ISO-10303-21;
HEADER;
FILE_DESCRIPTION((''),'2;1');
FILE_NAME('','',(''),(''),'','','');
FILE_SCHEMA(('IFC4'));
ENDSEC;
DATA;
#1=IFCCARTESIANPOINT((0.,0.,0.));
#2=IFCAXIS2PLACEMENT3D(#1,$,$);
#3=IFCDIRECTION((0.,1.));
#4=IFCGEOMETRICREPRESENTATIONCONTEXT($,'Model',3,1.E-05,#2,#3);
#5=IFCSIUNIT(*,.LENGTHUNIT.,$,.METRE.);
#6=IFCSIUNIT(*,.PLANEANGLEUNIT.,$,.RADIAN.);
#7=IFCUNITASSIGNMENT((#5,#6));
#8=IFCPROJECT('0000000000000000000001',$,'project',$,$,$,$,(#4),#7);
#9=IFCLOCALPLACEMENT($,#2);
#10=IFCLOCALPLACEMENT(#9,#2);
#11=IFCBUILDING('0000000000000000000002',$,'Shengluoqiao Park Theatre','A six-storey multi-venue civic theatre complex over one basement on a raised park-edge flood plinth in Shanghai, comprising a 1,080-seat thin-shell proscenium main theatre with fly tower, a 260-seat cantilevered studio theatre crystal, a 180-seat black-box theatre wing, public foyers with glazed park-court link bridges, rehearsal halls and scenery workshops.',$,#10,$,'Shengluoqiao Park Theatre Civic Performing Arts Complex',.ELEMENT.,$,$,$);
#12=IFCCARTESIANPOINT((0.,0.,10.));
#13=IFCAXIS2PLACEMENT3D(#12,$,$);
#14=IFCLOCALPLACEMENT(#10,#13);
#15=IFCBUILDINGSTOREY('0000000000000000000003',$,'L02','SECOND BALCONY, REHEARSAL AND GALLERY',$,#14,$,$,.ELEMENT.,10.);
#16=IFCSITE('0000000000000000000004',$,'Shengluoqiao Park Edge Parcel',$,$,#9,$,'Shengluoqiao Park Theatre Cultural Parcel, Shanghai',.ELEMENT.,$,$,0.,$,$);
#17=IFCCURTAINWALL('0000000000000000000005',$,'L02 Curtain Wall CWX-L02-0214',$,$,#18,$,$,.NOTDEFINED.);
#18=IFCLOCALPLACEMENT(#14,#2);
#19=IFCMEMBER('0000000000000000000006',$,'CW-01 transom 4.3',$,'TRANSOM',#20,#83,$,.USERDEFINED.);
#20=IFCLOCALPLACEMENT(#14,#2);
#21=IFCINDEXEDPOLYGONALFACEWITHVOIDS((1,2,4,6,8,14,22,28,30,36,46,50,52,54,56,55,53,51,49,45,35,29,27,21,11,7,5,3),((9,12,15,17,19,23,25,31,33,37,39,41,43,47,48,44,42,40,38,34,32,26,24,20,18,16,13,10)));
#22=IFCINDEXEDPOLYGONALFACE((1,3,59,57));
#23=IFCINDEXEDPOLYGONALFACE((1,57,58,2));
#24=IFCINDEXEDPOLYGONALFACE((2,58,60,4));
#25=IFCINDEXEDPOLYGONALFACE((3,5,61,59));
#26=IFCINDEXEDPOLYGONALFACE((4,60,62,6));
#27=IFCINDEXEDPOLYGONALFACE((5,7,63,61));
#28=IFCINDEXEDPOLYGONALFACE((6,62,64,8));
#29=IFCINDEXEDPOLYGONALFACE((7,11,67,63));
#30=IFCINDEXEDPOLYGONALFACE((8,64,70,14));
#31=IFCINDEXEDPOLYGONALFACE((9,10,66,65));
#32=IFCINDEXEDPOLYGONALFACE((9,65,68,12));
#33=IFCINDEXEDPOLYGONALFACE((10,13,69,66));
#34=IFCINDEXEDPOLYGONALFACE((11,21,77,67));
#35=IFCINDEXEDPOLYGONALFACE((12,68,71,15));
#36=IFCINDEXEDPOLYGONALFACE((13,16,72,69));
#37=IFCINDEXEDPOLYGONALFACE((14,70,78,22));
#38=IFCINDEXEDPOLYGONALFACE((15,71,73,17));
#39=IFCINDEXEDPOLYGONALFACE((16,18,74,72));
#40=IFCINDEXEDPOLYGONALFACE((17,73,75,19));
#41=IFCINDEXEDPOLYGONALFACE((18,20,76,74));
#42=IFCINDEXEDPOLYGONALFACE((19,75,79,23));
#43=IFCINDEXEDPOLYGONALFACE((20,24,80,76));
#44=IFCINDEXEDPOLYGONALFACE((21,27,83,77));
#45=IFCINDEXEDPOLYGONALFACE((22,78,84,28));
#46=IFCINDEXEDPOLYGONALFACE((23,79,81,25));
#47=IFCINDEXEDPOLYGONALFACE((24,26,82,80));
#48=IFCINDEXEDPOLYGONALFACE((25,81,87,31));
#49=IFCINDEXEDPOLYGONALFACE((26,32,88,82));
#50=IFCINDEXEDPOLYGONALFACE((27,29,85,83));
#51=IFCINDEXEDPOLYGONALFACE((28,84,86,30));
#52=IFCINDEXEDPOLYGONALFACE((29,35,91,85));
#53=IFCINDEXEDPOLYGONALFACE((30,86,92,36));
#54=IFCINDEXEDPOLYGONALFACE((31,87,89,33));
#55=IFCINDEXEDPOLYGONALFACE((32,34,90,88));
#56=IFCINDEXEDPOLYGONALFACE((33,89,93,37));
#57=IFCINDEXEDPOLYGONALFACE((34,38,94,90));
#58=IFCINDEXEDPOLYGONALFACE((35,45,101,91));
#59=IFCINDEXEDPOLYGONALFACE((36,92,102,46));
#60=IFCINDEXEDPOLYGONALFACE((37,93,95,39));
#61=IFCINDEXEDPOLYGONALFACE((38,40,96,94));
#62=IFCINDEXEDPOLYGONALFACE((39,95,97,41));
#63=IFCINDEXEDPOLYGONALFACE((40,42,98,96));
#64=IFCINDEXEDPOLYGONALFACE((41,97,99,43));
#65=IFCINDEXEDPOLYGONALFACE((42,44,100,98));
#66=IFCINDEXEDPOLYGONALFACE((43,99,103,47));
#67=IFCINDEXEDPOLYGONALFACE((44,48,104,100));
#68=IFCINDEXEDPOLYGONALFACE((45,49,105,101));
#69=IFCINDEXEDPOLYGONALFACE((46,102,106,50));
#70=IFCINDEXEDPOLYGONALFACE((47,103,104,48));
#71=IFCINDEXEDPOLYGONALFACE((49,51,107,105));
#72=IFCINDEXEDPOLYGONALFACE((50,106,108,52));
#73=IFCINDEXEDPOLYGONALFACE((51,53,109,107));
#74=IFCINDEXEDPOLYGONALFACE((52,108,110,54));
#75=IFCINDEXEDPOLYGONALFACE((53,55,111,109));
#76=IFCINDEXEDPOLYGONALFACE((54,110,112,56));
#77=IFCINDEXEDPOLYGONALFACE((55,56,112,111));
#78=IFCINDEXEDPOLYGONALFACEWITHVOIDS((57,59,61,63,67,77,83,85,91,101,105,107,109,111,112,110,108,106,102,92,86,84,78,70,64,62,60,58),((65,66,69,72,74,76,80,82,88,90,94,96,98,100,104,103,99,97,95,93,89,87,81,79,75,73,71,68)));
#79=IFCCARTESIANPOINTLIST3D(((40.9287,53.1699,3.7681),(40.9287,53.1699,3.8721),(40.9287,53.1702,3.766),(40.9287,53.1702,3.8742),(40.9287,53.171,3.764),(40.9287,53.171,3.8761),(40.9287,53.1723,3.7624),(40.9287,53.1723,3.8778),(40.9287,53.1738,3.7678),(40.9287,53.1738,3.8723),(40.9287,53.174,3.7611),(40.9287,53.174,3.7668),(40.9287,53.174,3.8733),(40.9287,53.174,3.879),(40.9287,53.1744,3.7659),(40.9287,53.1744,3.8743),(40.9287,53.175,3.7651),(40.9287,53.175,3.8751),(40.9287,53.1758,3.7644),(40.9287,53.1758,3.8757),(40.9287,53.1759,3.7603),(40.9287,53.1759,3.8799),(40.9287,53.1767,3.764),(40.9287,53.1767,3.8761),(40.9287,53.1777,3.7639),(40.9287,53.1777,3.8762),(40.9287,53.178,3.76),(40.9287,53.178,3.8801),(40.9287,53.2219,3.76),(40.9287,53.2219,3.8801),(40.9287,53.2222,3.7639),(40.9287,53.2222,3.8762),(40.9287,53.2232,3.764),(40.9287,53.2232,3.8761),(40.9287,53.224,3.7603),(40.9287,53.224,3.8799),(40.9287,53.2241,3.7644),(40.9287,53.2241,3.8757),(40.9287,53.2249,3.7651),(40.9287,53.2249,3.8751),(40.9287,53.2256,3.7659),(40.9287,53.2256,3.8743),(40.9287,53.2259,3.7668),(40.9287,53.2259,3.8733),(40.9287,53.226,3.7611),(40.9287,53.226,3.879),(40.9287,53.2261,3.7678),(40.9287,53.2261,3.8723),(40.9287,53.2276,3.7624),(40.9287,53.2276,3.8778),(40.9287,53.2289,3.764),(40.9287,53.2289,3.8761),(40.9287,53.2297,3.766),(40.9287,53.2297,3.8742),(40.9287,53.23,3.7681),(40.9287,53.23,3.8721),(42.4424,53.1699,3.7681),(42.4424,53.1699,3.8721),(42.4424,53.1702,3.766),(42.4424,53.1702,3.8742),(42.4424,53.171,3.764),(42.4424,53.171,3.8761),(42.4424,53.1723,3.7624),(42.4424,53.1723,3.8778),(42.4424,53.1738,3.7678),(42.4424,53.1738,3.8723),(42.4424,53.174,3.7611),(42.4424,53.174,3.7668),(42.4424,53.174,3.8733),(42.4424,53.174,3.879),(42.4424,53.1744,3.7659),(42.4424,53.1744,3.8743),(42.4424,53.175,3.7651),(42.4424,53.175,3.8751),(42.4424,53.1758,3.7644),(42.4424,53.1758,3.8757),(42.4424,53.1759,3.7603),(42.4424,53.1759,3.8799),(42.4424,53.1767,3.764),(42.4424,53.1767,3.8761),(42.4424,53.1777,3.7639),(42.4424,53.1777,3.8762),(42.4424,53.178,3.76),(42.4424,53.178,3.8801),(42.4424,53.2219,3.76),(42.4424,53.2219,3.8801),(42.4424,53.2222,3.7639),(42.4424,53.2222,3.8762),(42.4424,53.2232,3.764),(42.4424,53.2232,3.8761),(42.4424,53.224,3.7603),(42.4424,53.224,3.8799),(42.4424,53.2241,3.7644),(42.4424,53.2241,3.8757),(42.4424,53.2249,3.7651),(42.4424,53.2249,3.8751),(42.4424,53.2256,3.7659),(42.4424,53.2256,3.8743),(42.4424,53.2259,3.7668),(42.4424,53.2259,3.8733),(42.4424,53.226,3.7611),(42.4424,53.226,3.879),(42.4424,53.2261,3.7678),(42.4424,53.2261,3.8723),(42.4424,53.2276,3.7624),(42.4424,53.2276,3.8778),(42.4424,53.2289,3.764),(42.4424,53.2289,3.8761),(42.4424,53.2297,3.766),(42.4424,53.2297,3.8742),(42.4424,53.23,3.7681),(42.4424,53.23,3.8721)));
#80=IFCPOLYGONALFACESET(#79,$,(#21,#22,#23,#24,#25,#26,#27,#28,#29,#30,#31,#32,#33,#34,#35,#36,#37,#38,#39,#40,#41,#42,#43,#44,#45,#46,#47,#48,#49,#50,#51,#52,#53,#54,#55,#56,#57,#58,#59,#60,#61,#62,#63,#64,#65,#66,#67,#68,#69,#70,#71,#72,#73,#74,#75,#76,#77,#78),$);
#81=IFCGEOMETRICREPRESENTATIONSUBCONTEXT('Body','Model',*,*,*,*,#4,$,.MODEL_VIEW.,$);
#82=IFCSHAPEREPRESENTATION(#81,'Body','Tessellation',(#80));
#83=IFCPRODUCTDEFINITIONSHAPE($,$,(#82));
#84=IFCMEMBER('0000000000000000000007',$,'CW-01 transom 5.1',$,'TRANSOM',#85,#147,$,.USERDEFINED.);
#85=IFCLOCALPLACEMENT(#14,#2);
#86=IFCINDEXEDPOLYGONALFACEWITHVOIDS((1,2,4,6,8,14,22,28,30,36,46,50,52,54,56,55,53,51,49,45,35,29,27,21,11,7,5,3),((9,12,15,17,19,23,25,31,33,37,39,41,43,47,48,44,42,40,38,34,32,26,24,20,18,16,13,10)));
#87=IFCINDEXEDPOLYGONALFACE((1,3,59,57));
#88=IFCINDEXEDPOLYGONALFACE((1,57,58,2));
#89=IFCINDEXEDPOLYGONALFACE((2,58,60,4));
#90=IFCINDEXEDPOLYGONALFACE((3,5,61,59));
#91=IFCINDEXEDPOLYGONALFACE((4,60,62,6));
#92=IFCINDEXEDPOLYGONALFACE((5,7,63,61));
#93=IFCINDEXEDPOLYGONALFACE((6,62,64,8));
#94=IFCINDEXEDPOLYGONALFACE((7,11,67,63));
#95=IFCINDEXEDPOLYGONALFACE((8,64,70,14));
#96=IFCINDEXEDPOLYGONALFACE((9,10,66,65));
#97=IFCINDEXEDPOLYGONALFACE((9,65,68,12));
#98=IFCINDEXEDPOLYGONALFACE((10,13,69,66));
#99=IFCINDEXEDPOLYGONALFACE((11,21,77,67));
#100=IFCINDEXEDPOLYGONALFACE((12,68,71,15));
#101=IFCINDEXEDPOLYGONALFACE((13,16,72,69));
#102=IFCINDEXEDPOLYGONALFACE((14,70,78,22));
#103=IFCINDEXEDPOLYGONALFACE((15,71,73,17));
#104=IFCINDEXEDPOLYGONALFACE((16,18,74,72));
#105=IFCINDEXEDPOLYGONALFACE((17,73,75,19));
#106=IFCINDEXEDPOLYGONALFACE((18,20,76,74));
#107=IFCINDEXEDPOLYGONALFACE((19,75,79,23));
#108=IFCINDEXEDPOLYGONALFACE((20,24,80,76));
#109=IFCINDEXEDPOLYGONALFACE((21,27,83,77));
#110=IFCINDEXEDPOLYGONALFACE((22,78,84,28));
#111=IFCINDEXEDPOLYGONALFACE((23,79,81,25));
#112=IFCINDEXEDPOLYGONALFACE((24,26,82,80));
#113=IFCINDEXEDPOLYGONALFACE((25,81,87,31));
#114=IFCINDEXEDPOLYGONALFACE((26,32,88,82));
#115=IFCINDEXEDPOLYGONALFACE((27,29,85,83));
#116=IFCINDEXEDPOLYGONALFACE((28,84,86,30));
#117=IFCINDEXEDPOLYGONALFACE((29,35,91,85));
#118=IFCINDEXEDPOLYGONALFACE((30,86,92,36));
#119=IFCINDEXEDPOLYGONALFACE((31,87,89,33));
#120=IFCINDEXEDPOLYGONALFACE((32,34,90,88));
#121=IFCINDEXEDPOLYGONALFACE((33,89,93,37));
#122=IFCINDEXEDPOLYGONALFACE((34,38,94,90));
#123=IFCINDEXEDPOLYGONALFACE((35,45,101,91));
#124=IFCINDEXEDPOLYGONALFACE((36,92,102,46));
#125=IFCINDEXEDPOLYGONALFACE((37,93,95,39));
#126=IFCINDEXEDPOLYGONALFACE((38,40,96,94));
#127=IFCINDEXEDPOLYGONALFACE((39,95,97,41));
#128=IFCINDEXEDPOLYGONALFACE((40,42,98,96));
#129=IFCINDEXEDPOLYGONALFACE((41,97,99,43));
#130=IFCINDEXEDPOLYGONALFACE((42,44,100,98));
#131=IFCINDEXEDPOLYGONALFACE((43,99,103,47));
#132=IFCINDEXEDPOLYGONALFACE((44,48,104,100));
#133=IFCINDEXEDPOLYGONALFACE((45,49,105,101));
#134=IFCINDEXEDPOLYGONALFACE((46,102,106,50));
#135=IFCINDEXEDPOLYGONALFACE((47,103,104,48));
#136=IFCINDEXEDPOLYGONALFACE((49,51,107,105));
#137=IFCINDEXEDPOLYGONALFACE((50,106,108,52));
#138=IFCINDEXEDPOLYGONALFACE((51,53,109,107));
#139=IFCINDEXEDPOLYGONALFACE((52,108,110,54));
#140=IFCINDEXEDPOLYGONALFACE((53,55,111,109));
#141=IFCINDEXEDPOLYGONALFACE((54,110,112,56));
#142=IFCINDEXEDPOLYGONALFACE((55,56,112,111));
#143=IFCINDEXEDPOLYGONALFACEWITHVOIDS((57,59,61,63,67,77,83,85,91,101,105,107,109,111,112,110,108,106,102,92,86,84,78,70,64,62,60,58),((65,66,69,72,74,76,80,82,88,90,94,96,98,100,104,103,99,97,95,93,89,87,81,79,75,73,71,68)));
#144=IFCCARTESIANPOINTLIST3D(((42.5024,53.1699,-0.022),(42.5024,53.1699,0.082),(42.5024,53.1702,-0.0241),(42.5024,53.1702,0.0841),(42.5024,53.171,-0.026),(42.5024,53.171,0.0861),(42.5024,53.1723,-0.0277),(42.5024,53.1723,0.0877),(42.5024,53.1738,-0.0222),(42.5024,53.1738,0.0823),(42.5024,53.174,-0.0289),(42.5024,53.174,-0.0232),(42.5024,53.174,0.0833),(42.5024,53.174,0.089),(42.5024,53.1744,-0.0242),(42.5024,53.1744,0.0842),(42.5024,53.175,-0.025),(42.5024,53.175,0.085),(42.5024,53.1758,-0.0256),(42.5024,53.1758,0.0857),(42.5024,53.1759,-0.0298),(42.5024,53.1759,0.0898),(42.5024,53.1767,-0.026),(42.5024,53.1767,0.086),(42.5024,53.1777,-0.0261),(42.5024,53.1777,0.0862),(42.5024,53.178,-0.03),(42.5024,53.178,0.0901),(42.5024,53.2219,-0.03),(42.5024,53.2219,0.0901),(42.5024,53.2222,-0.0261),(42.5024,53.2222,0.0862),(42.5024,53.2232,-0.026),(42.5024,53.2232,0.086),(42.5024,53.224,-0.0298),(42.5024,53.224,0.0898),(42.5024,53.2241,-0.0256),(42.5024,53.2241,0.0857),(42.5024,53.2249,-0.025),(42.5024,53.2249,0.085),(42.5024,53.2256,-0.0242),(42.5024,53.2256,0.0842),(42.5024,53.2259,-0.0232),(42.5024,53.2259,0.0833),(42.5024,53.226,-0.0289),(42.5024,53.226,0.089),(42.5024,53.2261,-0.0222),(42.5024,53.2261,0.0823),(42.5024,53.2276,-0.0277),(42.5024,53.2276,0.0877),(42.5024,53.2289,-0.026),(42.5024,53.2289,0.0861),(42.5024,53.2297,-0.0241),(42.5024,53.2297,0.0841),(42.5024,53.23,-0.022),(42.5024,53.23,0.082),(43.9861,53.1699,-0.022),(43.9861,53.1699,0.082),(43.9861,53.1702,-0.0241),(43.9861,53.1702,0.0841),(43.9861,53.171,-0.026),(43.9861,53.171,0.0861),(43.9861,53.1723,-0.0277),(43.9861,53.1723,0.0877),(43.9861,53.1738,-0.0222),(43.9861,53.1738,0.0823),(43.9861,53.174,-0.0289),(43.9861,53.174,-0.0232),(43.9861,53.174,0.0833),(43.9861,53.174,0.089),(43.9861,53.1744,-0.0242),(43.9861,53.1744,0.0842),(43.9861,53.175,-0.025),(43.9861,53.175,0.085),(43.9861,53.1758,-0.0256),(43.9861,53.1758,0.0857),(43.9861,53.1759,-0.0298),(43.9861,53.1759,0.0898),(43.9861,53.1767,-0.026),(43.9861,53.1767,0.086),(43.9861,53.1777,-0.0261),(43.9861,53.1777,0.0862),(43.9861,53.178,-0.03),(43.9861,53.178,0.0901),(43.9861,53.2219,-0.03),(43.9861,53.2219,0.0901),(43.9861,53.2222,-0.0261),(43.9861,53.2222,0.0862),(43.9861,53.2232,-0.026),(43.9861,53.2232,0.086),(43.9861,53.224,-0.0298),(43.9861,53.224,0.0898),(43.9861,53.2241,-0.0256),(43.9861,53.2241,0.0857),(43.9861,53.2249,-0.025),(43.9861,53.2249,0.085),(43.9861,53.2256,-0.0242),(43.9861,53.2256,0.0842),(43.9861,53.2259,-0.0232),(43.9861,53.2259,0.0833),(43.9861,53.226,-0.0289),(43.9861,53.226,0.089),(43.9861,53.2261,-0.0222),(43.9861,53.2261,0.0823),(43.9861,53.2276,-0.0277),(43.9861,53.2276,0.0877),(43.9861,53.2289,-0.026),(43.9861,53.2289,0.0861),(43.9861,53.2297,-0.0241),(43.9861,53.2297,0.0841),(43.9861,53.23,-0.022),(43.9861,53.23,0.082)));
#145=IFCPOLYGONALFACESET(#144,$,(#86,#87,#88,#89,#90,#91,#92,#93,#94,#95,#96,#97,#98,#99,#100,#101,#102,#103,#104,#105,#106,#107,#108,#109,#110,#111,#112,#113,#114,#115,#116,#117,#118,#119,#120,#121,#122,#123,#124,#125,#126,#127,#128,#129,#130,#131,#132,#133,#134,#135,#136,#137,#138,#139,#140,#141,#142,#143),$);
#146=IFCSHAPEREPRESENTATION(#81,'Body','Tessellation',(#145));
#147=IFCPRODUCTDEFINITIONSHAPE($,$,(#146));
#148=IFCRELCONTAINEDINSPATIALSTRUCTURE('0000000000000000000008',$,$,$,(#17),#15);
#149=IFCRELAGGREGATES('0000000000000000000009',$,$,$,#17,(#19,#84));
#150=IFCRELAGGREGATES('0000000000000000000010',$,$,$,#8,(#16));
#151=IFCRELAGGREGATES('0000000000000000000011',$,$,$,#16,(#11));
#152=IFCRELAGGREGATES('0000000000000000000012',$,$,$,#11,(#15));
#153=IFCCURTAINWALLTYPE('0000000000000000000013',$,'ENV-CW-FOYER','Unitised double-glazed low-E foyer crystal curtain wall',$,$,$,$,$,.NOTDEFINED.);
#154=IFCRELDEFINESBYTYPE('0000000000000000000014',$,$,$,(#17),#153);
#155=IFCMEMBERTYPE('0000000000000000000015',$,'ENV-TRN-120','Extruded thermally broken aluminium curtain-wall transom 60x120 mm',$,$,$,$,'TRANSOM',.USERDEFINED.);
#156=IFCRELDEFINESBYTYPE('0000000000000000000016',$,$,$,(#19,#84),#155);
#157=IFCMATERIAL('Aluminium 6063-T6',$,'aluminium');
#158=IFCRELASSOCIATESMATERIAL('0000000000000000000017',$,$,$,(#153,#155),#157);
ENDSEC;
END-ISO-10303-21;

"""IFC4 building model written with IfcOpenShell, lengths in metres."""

from ifc_helpers import new_model, si_unit, direction, frame, origin, origin_2d, place, context, subcontext, project, spatial, hollow_rectangle, extrude, material, material_profile, profile_set, type_object, element, aggregate, save


model = new_model("IFC4")

# Units and contexts
model_context = context("Model", 3, precision=1e-05, world=origin(), true_north=direction((0.0, 1.0)))
body_context = subcontext(model_context, "Body", "Model", "MODEL_VIEW")
ifc_project = project(units=[si_unit("LENGTHUNIT", "METRE"), si_unit("PLANEANGLEUNIT", "RADIAN")], contexts=[model_context])

# Site, building, storey
site_placement = place(None, origin())
site = spatial("IfcSite", under=ifc_project, at=site_placement, Name="Shengluoqiao Park Edge Parcel", LongName="Shengluoqiao Park Theatre Cultural Parcel, Shanghai", CompositionType="ELEMENT", RefElevation=0.0)
building_placement = place(site_placement, origin())
building = spatial("IfcBuilding", under=site, at=building_placement, Name="Shengluoqiao Park Theatre", Description="A six-storey multi-venue civic theatre complex over one basement on a raised park-edge flood plinth in Shanghai, comprising a 1,080-seat thin-shell proscenium main theatre with fly tower, a 260-seat cantilevered studio theatre crystal, a 180-seat black-box theatre wing, public foyers with glazed park-court link bridges, rehearsal halls and scenery workshops.", LongName="Shengluoqiao Park Theatre Civic Performing Arts Complex", CompositionType="ELEMENT")
storey_placement = place(building_placement, frame((0.0, 0.0, 10.0)))
storey = spatial("IfcBuildingStorey", under=building, at=storey_placement, Name="L02", Description="SECOND BALCONY, REHEARSAL AND GALLERY", CompositionType="ELEMENT", Elevation=10.0)

# Curtain wall
ifc_material_1 = material(Name="Aluminium 6063-T6", Category="aluminium")
curtain_wall_type_1 = type_object("IfcCurtainWallType", Name="ENV-CW-FOYER", Description="Unitised double-glazed low-E foyer crystal curtain wall", PredefinedType="NOTDEFINED", material=ifc_material_1)
curtain_wall_1_placement = place(storey_placement, origin())
curtain_wall_1 = element("IfcCurtainWall", 1, at=curtain_wall_1_placement, inside=storey, type_object=curtain_wall_type_1, Name="L02 Curtain Wall CWX-L02-0214", PredefinedType="NOTDEFINED")

# Members
ifc_material_profile_1 = material_profile(ifc_material_1, hollow_rectangle(XDim=0.0601, YDim=0.1201, WallThickness=0.0039, InnerFilletRadius=0.0039, OuterFilletRadius=0.0081, at=origin_2d()), Name="ALU TRANSOM 120x60x4")
ifc_profile_set_1 = profile_set([ifc_material_profile_1], Name="Aluminium 6063-T6")
member_type_1 = type_object("IfcMemberType", Name="ENV-TRN-120", Description="Extruded thermally broken aluminium curtain-wall transom 60x120 mm", ElementType="TRANSOM", PredefinedType="USERDEFINED", material=ifc_profile_set_1)
member_1_placement = place(storey_placement, frame((40.9287, 53.2, 3.8201), z_axis=(1.0, 0.0, 0.0), x_axis=(0.0, 1.0, 0.0)))
member_1 = element("IfcMember", 2, at=member_1_placement, type_object=member_type_1, Name="CW-01 transom 4.3", ObjectType="TRANSOM", PredefinedType="USERDEFINED", context=body_context, shape_type="SweptSolid", body=[
    extrude(hollow_rectangle(XDim=0.0601, YDim=0.1201, WallThickness=0.0039, InnerFilletRadius=0.0039, OuterFilletRadius=0.0081, at=origin_2d()), origin(), (0.0, 0.0, 1.0), 1.5137),
])
member_2_placement = place(storey_placement, frame((42.5024, 53.2, 0.03), z_axis=(1.0, 0.0, 0.0), x_axis=(0.0, 1.0, 0.0)))
member_2 = element("IfcMember", 3, at=member_2_placement, type_object=member_type_1, Name="CW-01 transom 5.1", ObjectType="TRANSOM", PredefinedType="USERDEFINED", context=body_context, shape_type="SweptSolid", body=[
    extrude(hollow_rectangle(XDim=0.0601, YDim=0.1201, WallThickness=0.0039, InnerFilletRadius=0.0039, OuterFilletRadius=0.0081, at=origin_2d()), origin(), (0.0, 0.0, 1.0), 1.4836),
])

aggregate(curtain_wall_1, [member_1, member_2])

save(model, "model.ifc")
